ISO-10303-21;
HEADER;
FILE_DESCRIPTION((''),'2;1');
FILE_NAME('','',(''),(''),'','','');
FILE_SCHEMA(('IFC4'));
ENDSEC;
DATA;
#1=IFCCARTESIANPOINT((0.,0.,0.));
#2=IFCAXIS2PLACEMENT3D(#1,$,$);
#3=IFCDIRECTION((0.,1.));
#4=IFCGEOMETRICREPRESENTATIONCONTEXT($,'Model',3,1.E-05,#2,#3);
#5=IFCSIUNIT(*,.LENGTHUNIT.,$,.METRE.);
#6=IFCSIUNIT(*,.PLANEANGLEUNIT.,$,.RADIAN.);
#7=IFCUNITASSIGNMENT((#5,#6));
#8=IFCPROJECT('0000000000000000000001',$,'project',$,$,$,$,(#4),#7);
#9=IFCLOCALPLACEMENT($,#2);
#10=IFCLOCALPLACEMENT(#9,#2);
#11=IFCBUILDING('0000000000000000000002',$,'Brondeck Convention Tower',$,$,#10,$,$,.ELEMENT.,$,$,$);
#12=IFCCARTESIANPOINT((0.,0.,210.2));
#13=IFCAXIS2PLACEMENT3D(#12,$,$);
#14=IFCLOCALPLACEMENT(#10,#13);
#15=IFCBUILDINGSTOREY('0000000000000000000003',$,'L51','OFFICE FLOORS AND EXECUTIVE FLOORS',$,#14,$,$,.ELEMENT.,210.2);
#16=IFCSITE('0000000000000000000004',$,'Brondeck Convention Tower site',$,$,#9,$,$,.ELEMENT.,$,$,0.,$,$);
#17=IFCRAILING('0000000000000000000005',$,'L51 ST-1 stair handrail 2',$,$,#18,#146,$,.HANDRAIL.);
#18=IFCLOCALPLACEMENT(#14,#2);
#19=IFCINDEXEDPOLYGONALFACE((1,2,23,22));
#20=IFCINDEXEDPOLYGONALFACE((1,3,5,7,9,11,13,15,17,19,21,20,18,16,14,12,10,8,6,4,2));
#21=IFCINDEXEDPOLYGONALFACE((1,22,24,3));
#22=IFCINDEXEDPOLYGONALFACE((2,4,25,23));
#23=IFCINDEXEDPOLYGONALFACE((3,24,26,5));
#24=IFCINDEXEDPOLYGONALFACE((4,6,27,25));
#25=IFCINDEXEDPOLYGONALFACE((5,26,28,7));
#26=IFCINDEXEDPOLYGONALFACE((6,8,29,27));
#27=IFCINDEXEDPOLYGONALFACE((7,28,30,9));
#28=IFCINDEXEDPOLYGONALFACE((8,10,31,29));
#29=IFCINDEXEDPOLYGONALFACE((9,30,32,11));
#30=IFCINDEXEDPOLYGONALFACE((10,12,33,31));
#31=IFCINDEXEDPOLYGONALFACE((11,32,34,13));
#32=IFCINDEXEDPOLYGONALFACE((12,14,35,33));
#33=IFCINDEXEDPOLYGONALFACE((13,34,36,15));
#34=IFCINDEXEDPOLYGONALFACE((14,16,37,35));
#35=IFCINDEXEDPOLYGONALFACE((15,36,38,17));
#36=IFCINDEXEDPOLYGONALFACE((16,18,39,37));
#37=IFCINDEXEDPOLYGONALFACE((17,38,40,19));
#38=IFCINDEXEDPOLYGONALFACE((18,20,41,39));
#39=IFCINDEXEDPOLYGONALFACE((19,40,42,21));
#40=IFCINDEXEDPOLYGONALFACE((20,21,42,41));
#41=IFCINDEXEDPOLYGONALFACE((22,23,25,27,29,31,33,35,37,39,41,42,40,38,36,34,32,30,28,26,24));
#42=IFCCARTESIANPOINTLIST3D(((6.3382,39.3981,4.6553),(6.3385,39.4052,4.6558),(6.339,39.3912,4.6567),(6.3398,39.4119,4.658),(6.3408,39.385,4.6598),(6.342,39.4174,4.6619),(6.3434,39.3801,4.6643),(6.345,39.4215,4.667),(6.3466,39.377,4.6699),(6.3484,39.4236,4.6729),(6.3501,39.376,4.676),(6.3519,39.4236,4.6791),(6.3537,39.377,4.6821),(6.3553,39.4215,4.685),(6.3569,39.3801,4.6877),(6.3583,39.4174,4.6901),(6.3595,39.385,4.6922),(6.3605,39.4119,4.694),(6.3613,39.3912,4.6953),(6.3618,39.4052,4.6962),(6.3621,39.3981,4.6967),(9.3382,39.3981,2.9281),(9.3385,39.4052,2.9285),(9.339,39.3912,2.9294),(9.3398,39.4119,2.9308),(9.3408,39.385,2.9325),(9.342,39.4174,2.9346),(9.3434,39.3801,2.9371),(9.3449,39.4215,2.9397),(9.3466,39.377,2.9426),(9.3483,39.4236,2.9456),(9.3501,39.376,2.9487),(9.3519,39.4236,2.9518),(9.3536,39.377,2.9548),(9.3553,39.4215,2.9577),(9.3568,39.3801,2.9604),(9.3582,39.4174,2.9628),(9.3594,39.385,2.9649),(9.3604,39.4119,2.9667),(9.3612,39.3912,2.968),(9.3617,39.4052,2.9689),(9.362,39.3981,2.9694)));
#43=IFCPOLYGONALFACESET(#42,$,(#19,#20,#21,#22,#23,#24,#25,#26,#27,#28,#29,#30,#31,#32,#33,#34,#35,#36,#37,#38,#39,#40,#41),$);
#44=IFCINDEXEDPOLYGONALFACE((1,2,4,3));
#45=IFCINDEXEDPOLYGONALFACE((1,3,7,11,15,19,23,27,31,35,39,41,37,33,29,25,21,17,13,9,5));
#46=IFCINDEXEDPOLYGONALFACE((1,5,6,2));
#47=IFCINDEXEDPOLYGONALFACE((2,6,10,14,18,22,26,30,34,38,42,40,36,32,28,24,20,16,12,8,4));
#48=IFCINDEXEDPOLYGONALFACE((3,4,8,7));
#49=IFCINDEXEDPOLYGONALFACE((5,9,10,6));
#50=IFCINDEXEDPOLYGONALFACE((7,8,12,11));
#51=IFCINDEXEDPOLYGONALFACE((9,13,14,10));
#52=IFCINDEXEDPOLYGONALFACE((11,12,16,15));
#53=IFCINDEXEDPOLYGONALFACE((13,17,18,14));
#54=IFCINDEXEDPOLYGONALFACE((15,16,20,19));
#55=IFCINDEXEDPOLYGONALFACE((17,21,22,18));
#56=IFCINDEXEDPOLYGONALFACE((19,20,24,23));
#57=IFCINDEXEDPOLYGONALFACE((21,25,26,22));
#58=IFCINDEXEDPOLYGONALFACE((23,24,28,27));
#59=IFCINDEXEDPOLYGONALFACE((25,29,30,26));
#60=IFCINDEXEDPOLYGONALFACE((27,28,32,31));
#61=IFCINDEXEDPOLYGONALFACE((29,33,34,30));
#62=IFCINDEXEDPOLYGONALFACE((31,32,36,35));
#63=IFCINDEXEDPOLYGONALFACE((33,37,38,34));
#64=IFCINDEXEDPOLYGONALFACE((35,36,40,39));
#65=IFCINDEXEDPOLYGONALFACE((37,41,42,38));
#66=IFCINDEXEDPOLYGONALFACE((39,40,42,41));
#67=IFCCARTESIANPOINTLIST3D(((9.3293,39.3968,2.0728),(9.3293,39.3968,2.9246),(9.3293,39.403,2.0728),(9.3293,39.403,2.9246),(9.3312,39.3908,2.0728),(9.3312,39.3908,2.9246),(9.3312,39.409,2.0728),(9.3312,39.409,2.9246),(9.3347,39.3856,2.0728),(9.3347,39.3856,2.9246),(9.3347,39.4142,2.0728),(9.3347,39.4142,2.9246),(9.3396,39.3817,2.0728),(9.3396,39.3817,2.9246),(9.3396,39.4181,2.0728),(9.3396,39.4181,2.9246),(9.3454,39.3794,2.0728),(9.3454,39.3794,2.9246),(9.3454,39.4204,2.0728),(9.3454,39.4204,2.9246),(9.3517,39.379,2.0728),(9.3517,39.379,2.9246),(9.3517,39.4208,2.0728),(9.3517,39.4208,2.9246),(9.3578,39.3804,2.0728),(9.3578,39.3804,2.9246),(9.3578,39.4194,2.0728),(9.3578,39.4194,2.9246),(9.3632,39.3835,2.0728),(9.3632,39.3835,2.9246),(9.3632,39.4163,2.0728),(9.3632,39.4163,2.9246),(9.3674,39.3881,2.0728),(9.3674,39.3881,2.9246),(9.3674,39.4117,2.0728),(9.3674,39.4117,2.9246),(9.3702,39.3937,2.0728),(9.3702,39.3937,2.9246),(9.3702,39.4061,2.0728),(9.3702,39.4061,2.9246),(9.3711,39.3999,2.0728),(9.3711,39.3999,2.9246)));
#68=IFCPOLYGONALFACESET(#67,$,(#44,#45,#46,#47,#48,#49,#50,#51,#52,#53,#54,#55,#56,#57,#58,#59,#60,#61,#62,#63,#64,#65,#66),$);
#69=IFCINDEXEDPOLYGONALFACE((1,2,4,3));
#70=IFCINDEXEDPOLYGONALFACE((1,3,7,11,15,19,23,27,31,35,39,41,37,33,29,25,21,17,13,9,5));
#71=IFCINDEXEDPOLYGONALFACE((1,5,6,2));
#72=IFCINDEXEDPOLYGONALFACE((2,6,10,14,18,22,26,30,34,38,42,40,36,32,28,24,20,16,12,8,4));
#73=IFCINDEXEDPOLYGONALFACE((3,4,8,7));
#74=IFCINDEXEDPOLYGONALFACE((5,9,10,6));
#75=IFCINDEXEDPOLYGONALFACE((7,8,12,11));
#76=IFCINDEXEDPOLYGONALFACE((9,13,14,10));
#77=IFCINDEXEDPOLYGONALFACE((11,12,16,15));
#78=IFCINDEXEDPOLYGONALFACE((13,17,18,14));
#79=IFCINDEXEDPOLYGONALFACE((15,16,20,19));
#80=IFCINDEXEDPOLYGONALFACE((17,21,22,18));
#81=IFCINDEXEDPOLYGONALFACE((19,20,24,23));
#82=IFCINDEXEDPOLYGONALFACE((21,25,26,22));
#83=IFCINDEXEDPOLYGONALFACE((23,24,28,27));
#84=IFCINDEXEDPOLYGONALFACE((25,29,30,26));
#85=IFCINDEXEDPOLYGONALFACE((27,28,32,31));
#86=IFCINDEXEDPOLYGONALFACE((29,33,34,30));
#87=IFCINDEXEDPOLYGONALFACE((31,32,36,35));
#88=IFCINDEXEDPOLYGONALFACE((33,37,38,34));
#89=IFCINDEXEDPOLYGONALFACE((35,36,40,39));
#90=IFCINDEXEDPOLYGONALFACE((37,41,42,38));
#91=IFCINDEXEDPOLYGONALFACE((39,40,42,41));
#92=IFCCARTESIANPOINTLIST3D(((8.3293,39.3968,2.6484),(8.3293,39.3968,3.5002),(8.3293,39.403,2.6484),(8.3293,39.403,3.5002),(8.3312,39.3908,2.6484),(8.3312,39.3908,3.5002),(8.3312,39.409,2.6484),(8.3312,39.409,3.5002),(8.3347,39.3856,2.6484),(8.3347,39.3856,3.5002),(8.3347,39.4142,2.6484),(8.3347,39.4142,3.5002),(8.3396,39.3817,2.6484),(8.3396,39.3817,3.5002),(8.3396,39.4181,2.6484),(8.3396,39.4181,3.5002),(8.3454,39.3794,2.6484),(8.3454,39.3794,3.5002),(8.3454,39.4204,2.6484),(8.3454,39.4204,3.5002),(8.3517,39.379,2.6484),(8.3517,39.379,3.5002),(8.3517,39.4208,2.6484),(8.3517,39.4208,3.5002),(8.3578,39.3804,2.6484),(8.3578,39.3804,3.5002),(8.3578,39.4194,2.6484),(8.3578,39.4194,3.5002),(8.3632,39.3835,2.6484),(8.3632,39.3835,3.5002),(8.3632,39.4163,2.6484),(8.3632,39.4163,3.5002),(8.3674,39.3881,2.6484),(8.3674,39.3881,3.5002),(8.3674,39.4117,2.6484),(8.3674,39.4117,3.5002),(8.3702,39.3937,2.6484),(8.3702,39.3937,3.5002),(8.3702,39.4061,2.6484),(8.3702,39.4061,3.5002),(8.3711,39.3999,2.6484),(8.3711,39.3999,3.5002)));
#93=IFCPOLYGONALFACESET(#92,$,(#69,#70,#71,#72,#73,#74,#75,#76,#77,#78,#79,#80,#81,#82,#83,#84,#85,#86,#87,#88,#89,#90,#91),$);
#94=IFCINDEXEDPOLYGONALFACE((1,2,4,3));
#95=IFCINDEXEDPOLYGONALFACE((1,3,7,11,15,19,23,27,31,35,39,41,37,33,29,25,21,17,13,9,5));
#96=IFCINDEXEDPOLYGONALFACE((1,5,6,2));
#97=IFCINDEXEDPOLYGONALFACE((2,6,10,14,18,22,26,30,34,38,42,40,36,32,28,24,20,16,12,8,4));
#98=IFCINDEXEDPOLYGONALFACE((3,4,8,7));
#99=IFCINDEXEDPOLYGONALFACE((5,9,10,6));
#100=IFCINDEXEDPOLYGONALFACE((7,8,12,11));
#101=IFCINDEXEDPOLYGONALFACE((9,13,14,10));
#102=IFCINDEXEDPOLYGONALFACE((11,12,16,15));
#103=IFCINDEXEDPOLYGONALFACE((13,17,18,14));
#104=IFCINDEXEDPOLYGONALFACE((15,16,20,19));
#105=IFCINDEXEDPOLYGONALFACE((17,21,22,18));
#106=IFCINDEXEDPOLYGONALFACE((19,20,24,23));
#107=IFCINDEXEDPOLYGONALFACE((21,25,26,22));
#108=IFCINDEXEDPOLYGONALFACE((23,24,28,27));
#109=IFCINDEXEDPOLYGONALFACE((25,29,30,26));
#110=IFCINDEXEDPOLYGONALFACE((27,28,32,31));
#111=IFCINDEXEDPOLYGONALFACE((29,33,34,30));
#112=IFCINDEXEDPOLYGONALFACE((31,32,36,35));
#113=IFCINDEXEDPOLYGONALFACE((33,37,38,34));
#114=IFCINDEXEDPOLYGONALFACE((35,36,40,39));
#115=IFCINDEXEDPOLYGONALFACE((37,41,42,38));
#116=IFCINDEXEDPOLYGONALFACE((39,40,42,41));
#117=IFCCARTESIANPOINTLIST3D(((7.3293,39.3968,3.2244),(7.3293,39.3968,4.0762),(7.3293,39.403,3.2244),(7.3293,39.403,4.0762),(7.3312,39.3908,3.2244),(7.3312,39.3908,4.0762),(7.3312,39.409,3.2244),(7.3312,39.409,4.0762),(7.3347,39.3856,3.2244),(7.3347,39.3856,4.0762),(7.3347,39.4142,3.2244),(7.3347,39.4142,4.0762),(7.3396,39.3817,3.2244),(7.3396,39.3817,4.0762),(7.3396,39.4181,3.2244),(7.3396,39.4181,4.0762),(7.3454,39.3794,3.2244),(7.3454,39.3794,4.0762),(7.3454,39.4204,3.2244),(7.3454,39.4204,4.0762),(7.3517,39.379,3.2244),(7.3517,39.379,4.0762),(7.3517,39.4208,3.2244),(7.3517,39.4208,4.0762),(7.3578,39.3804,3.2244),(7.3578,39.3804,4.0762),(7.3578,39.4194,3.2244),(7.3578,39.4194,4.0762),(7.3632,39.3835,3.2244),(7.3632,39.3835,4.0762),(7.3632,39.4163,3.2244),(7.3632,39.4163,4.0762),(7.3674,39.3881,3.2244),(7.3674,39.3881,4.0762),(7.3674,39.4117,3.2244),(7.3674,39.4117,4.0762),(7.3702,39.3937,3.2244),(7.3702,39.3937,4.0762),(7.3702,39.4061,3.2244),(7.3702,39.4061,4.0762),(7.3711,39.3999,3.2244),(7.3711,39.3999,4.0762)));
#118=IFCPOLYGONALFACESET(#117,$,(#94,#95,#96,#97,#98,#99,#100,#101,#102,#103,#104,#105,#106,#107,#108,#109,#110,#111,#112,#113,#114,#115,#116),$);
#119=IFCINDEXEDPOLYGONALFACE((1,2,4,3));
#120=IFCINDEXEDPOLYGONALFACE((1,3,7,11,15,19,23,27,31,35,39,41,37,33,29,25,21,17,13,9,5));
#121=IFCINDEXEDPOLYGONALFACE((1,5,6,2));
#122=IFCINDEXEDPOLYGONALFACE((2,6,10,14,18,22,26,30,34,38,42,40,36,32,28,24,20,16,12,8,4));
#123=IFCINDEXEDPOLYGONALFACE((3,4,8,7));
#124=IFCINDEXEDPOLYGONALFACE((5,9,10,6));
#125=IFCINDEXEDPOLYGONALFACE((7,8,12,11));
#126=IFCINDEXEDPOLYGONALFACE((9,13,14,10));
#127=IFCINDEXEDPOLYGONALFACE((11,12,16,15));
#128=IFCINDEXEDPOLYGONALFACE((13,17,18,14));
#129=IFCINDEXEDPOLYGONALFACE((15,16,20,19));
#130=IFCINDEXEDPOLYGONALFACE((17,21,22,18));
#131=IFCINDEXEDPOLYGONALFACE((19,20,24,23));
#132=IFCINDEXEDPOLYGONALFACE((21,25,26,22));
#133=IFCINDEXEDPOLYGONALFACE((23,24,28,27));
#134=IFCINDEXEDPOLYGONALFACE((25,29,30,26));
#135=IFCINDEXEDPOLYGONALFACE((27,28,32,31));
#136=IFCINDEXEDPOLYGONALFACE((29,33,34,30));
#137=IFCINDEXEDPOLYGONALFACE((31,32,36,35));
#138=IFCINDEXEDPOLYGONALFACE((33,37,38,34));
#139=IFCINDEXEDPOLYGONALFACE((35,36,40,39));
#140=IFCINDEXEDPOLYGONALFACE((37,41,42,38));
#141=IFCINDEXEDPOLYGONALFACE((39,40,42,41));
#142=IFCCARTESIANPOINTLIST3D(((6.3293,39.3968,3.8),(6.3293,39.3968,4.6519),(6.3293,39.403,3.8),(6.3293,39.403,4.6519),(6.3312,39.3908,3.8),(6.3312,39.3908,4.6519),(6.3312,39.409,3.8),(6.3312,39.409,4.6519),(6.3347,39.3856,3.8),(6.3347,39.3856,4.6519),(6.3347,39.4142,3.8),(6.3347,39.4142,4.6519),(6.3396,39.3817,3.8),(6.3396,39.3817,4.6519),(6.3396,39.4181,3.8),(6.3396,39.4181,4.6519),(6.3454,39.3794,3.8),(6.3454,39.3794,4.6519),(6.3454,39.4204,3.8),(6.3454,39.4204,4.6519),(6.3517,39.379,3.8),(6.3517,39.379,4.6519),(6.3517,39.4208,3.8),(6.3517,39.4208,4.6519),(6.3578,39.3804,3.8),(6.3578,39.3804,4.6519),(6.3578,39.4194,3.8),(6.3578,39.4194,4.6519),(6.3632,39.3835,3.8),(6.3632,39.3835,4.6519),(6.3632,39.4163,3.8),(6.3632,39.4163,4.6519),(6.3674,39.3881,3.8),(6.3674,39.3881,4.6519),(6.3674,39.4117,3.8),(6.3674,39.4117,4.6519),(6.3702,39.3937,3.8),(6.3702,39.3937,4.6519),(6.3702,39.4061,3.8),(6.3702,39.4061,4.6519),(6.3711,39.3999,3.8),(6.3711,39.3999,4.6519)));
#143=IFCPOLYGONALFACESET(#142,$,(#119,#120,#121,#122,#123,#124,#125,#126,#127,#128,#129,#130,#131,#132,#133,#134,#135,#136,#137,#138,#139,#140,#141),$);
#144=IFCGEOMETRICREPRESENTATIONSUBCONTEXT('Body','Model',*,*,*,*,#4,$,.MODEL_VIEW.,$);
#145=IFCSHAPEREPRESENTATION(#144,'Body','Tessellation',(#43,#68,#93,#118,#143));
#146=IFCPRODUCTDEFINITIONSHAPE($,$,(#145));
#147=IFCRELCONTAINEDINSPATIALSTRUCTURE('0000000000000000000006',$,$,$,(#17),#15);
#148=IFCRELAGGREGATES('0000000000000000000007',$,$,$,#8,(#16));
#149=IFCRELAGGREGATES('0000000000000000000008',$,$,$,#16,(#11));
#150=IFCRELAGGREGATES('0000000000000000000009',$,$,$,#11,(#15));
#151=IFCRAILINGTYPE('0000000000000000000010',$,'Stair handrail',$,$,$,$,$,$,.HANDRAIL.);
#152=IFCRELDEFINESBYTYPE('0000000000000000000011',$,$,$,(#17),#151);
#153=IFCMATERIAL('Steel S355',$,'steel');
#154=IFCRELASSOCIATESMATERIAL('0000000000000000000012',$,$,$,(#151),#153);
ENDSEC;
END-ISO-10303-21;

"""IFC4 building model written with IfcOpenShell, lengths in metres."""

from ifc_helpers import new_model, si_unit, direction, frame, origin, origin_2d, place, context, subcontext, project, spatial, circle, extrude, material, type_object, element, save


model = new_model("IFC4")

# Units and contexts
model_context = context("Model", 3, precision=1e-05, world=origin(), true_north=direction((0.0, 1.0)))
body_context = subcontext(model_context, "Body", "Model", "MODEL_VIEW")
ifc_project = project(units=[si_unit("LENGTHUNIT", "METRE"), si_unit("PLANEANGLEUNIT", "RADIAN")], contexts=[model_context])

# Site, building, storey
site_placement = place(None, origin())
site = spatial("IfcSite", under=ifc_project, at=site_placement, Name="Brondeck Convention Tower site", CompositionType="ELEMENT", RefElevation=0.0)
building_placement = place(site_placement, origin())
building = spatial("IfcBuilding", under=site, at=building_placement, Name="Brondeck Convention Tower", CompositionType="ELEMENT")
storey_placement = place(building_placement, frame((0.0, 0.0, 210.2)))
storey = spatial("IfcBuildingStorey", under=building, at=storey_placement, Name="L51", Description="OFFICE FLOORS AND EXECUTIVE FLOORS", CompositionType="ELEMENT", Elevation=210.2)

# Shared definitions
ifc_material_1 = material(Name="Steel S355", Category="steel")

# Railing
railing_type_1 = type_object("IfcRailingType", Name="Stair handrail", PredefinedType="HANDRAIL", material=ifc_material_1)
railing_1_placement = place(storey_placement, frame((9.3501, 39.3999, 2.0728)))
element("IfcRailing", 1, at=railing_1_placement, inside=storey, type_object=railing_type_1, Name="L51 ST-1 stair handrail 2", PredefinedType="HANDRAIL", context=body_context, shape_type="SweptSolid", body=[
    extrude(circle(Radius=0.0239, at=origin_2d()), frame((0.0, 0.0, 0.876), z_axis=(-0.86662, 0.0, 0.498969), x_axis=(0.0, -1.0, 0.0)), (0.0, 0.0, 1.0), 3.4617),
    extrude(circle(Radius=0.021, at=origin_2d()), origin(), (0.0, 0.0, 1.0), 0.8518),
    extrude(circle(Radius=0.021, at=origin_2d()), frame((-1.0, 0.0, 0.5757)), (0.0, 0.0, 1.0), 0.8518),
    extrude(circle(Radius=0.021, at=origin_2d()), frame((-2.0, 0.0, 1.1516)), (0.0, 0.0, 1.0), 0.8518),
    extrude(circle(Radius=0.021, at=origin_2d()), frame((-3.0, 0.0, 1.7273)), (0.0, 0.0, 1.0), 0.8518),
])

save(model, "model.ifc")
